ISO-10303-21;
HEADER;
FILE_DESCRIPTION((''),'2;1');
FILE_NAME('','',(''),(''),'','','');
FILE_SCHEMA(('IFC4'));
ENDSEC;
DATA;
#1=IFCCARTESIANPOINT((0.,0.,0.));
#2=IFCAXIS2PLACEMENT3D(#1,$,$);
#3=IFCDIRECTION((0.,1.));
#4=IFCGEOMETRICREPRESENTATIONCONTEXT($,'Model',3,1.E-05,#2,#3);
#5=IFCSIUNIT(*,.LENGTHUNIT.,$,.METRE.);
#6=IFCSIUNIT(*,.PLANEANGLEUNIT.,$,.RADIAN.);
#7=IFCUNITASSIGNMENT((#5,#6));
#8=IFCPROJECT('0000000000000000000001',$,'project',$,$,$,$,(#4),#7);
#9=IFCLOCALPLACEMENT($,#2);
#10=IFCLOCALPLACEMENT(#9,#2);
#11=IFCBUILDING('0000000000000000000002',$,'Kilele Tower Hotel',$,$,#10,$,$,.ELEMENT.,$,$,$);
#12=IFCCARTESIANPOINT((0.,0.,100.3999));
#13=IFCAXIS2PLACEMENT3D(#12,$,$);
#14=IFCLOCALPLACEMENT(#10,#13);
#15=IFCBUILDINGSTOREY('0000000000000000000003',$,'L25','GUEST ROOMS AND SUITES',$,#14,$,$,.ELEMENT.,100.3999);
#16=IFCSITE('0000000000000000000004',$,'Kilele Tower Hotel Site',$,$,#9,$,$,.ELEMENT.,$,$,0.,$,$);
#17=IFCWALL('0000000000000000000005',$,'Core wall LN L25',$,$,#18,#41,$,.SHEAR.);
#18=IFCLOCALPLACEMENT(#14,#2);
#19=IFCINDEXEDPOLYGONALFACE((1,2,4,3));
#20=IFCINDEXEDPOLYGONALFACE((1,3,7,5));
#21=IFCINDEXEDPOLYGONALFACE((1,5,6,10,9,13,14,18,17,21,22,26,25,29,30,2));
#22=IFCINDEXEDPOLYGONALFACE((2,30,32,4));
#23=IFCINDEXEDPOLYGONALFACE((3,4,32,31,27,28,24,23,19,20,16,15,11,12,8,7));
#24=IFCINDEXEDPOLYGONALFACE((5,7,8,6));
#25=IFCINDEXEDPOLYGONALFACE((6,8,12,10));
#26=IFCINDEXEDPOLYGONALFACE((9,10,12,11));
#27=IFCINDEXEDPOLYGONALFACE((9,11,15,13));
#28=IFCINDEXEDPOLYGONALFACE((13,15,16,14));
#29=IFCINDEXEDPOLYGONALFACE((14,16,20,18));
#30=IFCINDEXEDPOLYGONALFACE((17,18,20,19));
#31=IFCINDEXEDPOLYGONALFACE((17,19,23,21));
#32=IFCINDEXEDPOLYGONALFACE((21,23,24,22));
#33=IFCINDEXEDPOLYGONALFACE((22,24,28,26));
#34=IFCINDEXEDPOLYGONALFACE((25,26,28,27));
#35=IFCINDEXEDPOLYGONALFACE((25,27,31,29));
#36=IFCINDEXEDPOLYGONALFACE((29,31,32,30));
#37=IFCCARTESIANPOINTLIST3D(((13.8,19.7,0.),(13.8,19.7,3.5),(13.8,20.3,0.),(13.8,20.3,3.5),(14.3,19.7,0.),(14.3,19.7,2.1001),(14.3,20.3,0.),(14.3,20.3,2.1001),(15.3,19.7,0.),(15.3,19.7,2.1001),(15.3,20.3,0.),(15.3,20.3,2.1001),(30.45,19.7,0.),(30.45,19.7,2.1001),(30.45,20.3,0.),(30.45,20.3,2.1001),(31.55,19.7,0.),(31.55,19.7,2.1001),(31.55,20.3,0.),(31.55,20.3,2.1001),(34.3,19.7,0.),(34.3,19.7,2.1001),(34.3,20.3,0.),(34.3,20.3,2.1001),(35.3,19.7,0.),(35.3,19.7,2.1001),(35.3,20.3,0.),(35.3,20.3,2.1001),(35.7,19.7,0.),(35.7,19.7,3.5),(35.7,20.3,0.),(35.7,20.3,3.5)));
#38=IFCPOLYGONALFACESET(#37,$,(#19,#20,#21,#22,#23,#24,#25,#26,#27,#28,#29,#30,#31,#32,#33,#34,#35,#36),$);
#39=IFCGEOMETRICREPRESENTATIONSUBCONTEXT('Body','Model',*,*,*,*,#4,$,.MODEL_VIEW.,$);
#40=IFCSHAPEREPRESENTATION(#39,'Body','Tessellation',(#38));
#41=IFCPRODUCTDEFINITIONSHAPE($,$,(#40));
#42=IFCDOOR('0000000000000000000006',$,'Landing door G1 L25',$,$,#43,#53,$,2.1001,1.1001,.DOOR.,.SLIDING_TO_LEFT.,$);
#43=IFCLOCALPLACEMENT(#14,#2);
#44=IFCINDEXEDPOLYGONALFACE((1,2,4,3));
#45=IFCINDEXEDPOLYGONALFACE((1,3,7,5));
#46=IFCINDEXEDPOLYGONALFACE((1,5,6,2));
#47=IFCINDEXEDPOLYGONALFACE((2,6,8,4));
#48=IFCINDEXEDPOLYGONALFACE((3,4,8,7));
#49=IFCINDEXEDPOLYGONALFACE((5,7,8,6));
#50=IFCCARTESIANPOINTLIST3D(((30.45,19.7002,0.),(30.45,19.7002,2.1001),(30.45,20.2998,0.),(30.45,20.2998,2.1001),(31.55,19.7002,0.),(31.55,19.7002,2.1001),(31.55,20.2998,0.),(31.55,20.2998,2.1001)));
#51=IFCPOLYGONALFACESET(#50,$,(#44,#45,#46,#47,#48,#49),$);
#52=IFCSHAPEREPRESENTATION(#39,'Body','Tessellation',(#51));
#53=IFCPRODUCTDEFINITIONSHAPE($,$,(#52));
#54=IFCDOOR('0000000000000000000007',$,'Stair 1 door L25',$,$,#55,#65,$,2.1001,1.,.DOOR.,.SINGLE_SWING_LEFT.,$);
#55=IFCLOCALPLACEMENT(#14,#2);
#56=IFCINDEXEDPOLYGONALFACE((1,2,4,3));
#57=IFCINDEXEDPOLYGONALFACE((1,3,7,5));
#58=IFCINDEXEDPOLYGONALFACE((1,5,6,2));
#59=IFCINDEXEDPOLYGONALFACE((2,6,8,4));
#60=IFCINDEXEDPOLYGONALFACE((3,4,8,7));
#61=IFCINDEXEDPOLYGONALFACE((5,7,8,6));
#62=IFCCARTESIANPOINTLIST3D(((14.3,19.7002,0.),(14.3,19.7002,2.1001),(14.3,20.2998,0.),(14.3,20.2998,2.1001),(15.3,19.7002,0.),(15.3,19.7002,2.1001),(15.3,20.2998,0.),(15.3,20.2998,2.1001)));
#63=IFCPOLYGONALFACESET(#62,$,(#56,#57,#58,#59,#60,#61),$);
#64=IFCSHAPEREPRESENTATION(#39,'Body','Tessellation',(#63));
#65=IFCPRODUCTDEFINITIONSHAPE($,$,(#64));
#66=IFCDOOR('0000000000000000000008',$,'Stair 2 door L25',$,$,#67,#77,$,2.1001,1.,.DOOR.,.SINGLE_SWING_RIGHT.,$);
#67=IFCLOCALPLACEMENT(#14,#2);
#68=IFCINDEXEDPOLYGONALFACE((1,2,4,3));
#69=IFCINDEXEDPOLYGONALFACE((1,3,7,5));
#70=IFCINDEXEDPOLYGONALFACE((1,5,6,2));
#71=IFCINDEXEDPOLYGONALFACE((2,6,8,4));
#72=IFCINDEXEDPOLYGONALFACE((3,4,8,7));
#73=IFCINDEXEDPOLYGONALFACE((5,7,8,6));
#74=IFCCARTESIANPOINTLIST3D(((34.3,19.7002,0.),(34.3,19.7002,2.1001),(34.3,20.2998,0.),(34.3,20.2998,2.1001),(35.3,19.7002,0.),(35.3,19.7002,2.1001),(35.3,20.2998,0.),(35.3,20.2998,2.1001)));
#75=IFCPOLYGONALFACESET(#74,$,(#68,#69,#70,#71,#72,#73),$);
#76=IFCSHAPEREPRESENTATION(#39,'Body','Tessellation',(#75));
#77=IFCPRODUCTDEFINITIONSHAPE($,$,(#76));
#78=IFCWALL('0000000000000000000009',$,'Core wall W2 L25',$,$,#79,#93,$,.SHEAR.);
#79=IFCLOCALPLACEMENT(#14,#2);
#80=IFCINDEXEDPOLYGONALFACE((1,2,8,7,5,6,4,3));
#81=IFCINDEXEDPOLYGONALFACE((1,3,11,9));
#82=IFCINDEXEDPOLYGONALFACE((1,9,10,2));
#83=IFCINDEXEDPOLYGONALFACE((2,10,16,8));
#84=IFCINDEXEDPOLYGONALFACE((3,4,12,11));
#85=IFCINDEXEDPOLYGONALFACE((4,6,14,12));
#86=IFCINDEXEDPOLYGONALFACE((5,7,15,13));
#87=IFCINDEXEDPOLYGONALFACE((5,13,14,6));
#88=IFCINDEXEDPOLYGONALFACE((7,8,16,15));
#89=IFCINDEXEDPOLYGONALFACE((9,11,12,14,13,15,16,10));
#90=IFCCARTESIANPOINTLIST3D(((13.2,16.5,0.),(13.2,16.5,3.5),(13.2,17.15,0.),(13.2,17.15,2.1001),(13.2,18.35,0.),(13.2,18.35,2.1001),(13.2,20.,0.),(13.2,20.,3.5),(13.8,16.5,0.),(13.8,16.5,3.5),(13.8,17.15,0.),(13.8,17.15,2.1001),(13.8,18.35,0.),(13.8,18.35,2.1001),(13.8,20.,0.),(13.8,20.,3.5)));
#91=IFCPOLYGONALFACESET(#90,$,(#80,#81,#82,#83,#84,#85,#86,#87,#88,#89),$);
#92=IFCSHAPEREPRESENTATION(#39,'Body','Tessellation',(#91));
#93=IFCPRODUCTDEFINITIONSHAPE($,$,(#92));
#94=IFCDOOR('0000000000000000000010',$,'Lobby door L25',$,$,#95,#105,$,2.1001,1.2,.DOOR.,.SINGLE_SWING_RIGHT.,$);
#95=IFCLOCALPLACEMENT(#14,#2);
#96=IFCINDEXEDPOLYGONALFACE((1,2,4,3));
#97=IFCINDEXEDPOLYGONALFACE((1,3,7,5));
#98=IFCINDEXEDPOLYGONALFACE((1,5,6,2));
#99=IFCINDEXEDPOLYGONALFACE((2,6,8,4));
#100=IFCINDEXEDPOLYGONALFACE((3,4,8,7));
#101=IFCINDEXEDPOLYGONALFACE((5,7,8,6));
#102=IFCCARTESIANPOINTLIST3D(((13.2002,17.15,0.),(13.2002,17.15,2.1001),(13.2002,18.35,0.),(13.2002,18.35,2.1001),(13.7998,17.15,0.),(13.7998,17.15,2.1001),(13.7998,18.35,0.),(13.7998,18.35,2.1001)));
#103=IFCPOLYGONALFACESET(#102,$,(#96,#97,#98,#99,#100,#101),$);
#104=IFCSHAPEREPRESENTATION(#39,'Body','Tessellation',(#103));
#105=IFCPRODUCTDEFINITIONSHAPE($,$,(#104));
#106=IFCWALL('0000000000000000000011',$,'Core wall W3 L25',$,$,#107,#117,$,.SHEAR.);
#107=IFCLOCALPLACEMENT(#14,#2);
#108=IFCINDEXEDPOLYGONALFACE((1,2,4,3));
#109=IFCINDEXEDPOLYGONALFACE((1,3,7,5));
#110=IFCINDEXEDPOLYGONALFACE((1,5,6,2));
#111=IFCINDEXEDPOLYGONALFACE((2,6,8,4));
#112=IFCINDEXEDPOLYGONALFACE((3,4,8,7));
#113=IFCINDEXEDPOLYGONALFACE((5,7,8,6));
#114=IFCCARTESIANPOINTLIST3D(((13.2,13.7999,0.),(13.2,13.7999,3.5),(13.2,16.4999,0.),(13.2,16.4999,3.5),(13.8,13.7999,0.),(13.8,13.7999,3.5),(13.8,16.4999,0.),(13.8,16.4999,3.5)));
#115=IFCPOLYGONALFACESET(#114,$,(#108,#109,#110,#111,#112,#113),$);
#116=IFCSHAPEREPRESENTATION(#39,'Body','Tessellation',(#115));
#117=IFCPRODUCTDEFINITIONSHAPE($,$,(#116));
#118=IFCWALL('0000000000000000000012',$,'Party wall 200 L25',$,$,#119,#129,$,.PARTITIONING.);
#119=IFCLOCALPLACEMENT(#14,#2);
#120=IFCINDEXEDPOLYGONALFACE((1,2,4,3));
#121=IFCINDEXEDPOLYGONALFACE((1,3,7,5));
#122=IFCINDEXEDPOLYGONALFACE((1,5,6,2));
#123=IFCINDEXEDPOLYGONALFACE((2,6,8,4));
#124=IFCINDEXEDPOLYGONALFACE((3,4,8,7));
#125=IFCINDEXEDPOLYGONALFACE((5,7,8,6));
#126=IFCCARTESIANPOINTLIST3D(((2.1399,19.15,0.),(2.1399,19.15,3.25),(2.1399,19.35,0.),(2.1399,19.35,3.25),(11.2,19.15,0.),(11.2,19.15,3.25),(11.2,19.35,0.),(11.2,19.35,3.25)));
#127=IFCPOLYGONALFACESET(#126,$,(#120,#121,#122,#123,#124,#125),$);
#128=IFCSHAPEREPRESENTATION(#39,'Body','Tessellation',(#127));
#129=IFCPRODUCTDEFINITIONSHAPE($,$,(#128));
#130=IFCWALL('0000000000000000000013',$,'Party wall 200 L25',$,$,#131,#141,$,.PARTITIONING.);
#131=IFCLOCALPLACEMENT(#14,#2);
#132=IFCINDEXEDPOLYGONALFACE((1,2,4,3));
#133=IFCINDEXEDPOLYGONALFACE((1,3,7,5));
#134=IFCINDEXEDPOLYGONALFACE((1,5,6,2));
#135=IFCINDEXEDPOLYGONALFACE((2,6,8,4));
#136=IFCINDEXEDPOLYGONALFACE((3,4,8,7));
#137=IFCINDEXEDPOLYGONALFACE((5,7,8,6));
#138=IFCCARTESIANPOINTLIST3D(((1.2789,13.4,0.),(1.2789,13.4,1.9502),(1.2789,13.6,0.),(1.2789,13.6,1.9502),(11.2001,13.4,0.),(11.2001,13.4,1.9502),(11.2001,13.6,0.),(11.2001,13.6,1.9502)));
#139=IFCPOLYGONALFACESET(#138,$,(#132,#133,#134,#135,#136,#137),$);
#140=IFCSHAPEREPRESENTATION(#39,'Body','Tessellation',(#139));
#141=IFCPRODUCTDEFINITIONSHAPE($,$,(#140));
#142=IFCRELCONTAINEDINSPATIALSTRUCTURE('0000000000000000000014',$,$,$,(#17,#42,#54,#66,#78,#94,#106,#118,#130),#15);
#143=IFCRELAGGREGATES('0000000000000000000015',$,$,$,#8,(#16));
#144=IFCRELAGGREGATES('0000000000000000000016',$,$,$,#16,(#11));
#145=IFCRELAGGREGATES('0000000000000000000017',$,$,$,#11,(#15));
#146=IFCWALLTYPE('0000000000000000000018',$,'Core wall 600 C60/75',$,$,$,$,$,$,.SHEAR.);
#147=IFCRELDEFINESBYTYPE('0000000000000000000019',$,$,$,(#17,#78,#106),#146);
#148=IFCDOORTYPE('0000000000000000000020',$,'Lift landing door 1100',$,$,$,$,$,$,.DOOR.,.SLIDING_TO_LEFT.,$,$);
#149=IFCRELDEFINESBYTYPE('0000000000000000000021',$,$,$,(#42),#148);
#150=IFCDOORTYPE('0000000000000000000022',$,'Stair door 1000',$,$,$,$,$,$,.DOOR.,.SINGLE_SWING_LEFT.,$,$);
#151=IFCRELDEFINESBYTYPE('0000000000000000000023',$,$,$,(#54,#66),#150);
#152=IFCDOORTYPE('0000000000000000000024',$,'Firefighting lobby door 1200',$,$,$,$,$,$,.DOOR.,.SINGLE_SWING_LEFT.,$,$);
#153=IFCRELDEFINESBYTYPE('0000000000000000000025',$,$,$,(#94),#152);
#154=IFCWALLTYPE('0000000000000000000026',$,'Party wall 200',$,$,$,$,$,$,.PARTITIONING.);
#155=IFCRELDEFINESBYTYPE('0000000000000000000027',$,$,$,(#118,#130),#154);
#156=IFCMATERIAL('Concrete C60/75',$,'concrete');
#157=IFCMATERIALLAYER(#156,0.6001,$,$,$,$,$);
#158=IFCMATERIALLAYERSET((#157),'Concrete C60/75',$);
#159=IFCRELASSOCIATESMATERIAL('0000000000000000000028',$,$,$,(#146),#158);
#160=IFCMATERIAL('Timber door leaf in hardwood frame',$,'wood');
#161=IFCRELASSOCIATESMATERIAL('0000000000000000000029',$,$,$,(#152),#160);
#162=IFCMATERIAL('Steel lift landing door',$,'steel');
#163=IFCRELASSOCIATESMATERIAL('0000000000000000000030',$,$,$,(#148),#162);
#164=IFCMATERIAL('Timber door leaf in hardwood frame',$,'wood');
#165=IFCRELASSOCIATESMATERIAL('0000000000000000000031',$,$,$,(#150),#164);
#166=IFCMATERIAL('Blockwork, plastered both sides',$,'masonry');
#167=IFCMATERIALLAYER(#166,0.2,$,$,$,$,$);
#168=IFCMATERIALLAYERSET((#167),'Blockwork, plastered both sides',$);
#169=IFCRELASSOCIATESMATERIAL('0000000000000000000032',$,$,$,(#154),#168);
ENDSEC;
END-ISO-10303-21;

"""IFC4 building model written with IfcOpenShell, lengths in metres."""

from ifc_helpers import new_model, si_unit, direction, frame, frame_2d, origin, place, context, subcontext, project, spatial, rectangle, extrude, material, layer, layer_set, type_object, element, fill, save


model = new_model("IFC4")

# Units and contexts
model_context = context("Model", 3, precision=1e-05, world=origin(), true_north=direction((0.0, 1.0)))
body_context = subcontext(model_context, "Body", "Model", "MODEL_VIEW")
ifc_project = project(units=[si_unit("LENGTHUNIT", "METRE"), si_unit("PLANEANGLEUNIT", "RADIAN")], contexts=[model_context])

# Site, building, storey
site_placement = place(None, origin())
site = spatial("IfcSite", under=ifc_project, at=site_placement, Name="Kilele Tower Hotel Site", CompositionType="ELEMENT", RefElevation=0.0)
building_placement = place(site_placement, origin())
building = spatial("IfcBuilding", under=site, at=building_placement, Name="Kilele Tower Hotel", CompositionType="ELEMENT")
storey_placement = place(building_placement, frame((0.0, 0.0, 100.3999)))
storey = spatial("IfcBuildingStorey", under=building, at=storey_placement, Name="L25", Description="GUEST ROOMS AND SUITES", CompositionType="ELEMENT", Elevation=100.3999)

# Shared definitions
ifc_material_1 = material(Name="Concrete C60/75", Category="concrete")
ifc_layer_1 = layer(ifc_material_1, 0.6001)
ifc_layer_set_1 = layer_set([ifc_layer_1], Name="Concrete C60/75")
wall_type_1 = type_object("IfcWallType", Name="Core wall 600 C60/75", PredefinedType="SHEAR", material=ifc_layer_set_1)

# Shared definitions
ifc_material_2 = material(Name="Timber door leaf in hardwood frame", Category="wood")
door_type_1 = type_object("IfcDoorType", Name="Firefighting lobby door 1200", OperationType="SINGLE_SWING_LEFT", PredefinedType="DOOR", material=ifc_material_2)

# Wall, openings, doors
ifc_material_3 = material(Name="Steel lift landing door", Category="steel")
door_type_2 = type_object("IfcDoorType", Name="Lift landing door 1100", OperationType="SLIDING_TO_LEFT", PredefinedType="DOOR", material=ifc_material_3)
wall_1_placement = place(storey_placement, frame((13.8, 20.0, 0.0), z_axis=(0.0, 0.0, 1.0), x_axis=(1.0, 0.0, 0.0)))
wall_1 = element("IfcWall", 1, at=wall_1_placement, inside=storey, type_object=wall_type_1, Name="Core wall LN L25", PredefinedType="SHEAR", context=body_context, shape_type="SweptSolid", body=[
    extrude(rectangle(XDim=21.8999, YDim=0.6001, at=frame_2d((10.95, 0.0))), origin(), (0.0, 0.0, 1.0), 3.5),
])
opening_1_placement = place(wall_1_placement, frame((0.5, 0.0, 0.0)))
opening_1 = element("IfcOpeningElement", 2, at=opening_1_placement, cuts=wall_1, PredefinedType="OPENING", context=body_context, shape_type="SweptSolid", body=[
    extrude(rectangle(XDim=1.0, YDim=2.1001, at=frame_2d((0.5, 1.05))), frame((0.0, 0.3101, 0.0), z_axis=(0.0, -1.0, 0.0), x_axis=(1.0, 0.0, 0.0)), (0.0, 0.0, 1.0), 0.6201),
])
opening_2_placement = place(wall_1_placement, frame((20.5, 0.0, 0.0)))
opening_2 = element("IfcOpeningElement", 3, at=opening_2_placement, cuts=wall_1, PredefinedType="OPENING", context=body_context, shape_type="SweptSolid", body=[
    extrude(rectangle(XDim=1.0, YDim=2.1001, at=frame_2d((0.5, 1.05))), frame((0.0, 0.3101, 0.0), z_axis=(0.0, -1.0, 0.0), x_axis=(1.0, 0.0, 0.0)), (0.0, 0.0, 1.0), 0.6201),
])
opening_3_placement = place(wall_1_placement, frame((16.6499, 0.0, 0.0)))
opening_3 = element("IfcOpeningElement", 4, at=opening_3_placement, cuts=wall_1, PredefinedType="OPENING", context=body_context, shape_type="SweptSolid", body=[
    extrude(rectangle(XDim=1.1001, YDim=2.1001, at=frame_2d((0.55, 1.05))), frame((0.0, 0.3101, 0.0), z_axis=(0.0, -1.0, 0.0), x_axis=(1.0, 0.0, 0.0)), (0.0, 0.0, 1.0), 0.6201),
])
door_1_placement = place(opening_3_placement, origin())
door_1 = element("IfcDoor", 5, at=door_1_placement, inside=storey, type_object=door_type_2, Name="Landing door G1 L25", OperationType="SLIDING_TO_LEFT", OverallHeight=2.1001, OverallWidth=1.1001, PredefinedType="DOOR", context=body_context, shape_type="SweptSolid", body=[
    extrude(rectangle(XDim=1.1001, YDim=2.1001, at=frame_2d((0.55, 1.05))), frame((0.0, 0.2998, 0.0), z_axis=(0.0, -1.0, 0.0), x_axis=(1.0, 0.0, 0.0)), (0.0, 0.0, 1.0), 0.5996),
])
fill(opening_3, door_1)
ifc_material_4 = material(Name="Timber door leaf in hardwood frame", Category="wood")
door_type_3 = type_object("IfcDoorType", Name="Stair door 1000", OperationType="SINGLE_SWING_LEFT", PredefinedType="DOOR", material=ifc_material_4)
door_2_placement = place(opening_1_placement, origin())
door_2 = element("IfcDoor", 6, at=door_2_placement, inside=storey, type_object=door_type_3, Name="Stair 1 door L25", OperationType="SINGLE_SWING_LEFT", OverallHeight=2.1001, OverallWidth=1.0, PredefinedType="DOOR", context=body_context, shape_type="SweptSolid", body=[
    extrude(rectangle(XDim=1.0, YDim=2.1001, at=frame_2d((0.5, 1.05))), frame((0.0, 0.2998, 0.0), z_axis=(0.0, -1.0, 0.0), x_axis=(1.0, 0.0, 0.0)), (0.0, 0.0, 1.0), 0.5996),
])
fill(opening_1, door_2)
door_3_placement = place(opening_2_placement, origin())
door_3 = element("IfcDoor", 7, at=door_3_placement, inside=storey, type_object=door_type_3, Name="Stair 2 door L25", OperationType="SINGLE_SWING_RIGHT", OverallHeight=2.1001, OverallWidth=1.0, PredefinedType="DOOR", context=body_context, shape_type="SweptSolid", body=[
    extrude(rectangle(XDim=1.0, YDim=2.1001, at=frame_2d((0.5, 1.05))), frame((0.0, 0.2998, 0.0), z_axis=(0.0, -1.0, 0.0), x_axis=(1.0, 0.0, 0.0)), (0.0, 0.0, 1.0), 0.5996),
])
fill(opening_2, door_3)

# Wall, opening, door
wall_2_placement = place(storey_placement, frame((13.5, 20.0, 0.0), z_axis=(0.0, 0.0, 1.0), x_axis=(0.0, -1.0, 0.0)))
wall_2 = element("IfcWall", 8, at=wall_2_placement, inside=storey, type_object=wall_type_1, Name="Core wall W2 L25", PredefinedType="SHEAR", context=body_context, shape_type="SweptSolid", body=[
    extrude(rectangle(XDim=3.5, YDim=0.6001, at=frame_2d((1.75, 0.0))), origin(), (0.0, 0.0, 1.0), 3.5),
])
opening_4_placement = place(wall_2_placement, frame((1.6499, 0.0, 0.0)))
opening_4 = element("IfcOpeningElement", 9, at=opening_4_placement, cuts=wall_2, PredefinedType="OPENING", context=body_context, shape_type="SweptSolid", body=[
    extrude(rectangle(XDim=1.2, YDim=2.1001, at=frame_2d((0.6001, 1.05))), frame((0.0, 0.3101, 0.0), z_axis=(0.0, -1.0, 0.0), x_axis=(1.0, 0.0, 0.0)), (0.0, 0.0, 1.0), 0.6201),
])
door_4_placement = place(opening_4_placement, origin())
door_4 = element("IfcDoor", 10, at=door_4_placement, inside=storey, type_object=door_type_1, Name="Lobby door L25", OperationType="SINGLE_SWING_RIGHT", OverallHeight=2.1001, OverallWidth=1.2, PredefinedType="DOOR", context=body_context, shape_type="SweptSolid", body=[
    extrude(rectangle(XDim=1.2, YDim=2.1001, at=frame_2d((0.6001, 1.05))), frame((0.0, 0.2998, 0.0), z_axis=(0.0, -1.0, 0.0), x_axis=(1.0, 0.0, 0.0)), (0.0, 0.0, 1.0), 0.5996),
])
fill(opening_4, door_4)

# Walls
wall_3_placement = place(storey_placement, frame((13.5, 16.5, 0.0), z_axis=(0.0, 0.0, 1.0), x_axis=(0.0, -1.0, 0.0)))
element("IfcWall", 11, at=wall_3_placement, inside=storey, type_object=wall_type_1, Name="Core wall W3 L25", PredefinedType="SHEAR", context=body_context, shape_type="SweptSolid", body=[
    extrude(rectangle(XDim=2.7, YDim=0.6001, at=frame_2d((1.3501, 0.0))), origin(), (0.0, 0.0, 1.0), 3.5),
])
ifc_material_5 = material(Name="Blockwork, plastered both sides", Category="masonry")
ifc_layer_2 = layer(ifc_material_5, 0.2)
ifc_layer_set_2 = layer_set([ifc_layer_2], Name="Blockwork, plastered both sides")
wall_type_2 = type_object("IfcWallType", Name="Party wall 200", PredefinedType="PARTITIONING", material=ifc_layer_set_2)
wall_4_placement = place(storey_placement, frame((11.2, 19.25, 0.0), z_axis=(0.0, 0.0, 1.0), x_axis=(-1.0, 0.0, 0.0)))
element("IfcWall", 12, at=wall_4_placement, inside=storey, type_object=wall_type_2, Name="Party wall 200 L25", PredefinedType="PARTITIONING", context=body_context, shape_type="SweptSolid", body=[
    extrude(rectangle(XDim=9.0601, YDim=0.2, at=frame_2d((4.53, 0.0))), origin(), (0.0, 0.0, 1.0), 3.25),
])
wall_5_placement = place(storey_placement, frame((11.2, 13.5, 0.0), z_axis=(0.0, 0.0, 1.0), x_axis=(-1.0, 0.0, 0.0)))
element("IfcWall", 13, at=wall_5_placement, inside=storey, type_object=wall_type_2, Name="Party wall 200 L25", PredefinedType="PARTITIONING", context=body_context, shape_type="SweptSolid", body=[
    extrude(rectangle(XDim=9.9211, YDim=0.2, at=frame_2d((4.9604, 0.0))), origin(), (0.0, 0.0, 1.0), 1.9502),
])

save(model, "model.ifc")
